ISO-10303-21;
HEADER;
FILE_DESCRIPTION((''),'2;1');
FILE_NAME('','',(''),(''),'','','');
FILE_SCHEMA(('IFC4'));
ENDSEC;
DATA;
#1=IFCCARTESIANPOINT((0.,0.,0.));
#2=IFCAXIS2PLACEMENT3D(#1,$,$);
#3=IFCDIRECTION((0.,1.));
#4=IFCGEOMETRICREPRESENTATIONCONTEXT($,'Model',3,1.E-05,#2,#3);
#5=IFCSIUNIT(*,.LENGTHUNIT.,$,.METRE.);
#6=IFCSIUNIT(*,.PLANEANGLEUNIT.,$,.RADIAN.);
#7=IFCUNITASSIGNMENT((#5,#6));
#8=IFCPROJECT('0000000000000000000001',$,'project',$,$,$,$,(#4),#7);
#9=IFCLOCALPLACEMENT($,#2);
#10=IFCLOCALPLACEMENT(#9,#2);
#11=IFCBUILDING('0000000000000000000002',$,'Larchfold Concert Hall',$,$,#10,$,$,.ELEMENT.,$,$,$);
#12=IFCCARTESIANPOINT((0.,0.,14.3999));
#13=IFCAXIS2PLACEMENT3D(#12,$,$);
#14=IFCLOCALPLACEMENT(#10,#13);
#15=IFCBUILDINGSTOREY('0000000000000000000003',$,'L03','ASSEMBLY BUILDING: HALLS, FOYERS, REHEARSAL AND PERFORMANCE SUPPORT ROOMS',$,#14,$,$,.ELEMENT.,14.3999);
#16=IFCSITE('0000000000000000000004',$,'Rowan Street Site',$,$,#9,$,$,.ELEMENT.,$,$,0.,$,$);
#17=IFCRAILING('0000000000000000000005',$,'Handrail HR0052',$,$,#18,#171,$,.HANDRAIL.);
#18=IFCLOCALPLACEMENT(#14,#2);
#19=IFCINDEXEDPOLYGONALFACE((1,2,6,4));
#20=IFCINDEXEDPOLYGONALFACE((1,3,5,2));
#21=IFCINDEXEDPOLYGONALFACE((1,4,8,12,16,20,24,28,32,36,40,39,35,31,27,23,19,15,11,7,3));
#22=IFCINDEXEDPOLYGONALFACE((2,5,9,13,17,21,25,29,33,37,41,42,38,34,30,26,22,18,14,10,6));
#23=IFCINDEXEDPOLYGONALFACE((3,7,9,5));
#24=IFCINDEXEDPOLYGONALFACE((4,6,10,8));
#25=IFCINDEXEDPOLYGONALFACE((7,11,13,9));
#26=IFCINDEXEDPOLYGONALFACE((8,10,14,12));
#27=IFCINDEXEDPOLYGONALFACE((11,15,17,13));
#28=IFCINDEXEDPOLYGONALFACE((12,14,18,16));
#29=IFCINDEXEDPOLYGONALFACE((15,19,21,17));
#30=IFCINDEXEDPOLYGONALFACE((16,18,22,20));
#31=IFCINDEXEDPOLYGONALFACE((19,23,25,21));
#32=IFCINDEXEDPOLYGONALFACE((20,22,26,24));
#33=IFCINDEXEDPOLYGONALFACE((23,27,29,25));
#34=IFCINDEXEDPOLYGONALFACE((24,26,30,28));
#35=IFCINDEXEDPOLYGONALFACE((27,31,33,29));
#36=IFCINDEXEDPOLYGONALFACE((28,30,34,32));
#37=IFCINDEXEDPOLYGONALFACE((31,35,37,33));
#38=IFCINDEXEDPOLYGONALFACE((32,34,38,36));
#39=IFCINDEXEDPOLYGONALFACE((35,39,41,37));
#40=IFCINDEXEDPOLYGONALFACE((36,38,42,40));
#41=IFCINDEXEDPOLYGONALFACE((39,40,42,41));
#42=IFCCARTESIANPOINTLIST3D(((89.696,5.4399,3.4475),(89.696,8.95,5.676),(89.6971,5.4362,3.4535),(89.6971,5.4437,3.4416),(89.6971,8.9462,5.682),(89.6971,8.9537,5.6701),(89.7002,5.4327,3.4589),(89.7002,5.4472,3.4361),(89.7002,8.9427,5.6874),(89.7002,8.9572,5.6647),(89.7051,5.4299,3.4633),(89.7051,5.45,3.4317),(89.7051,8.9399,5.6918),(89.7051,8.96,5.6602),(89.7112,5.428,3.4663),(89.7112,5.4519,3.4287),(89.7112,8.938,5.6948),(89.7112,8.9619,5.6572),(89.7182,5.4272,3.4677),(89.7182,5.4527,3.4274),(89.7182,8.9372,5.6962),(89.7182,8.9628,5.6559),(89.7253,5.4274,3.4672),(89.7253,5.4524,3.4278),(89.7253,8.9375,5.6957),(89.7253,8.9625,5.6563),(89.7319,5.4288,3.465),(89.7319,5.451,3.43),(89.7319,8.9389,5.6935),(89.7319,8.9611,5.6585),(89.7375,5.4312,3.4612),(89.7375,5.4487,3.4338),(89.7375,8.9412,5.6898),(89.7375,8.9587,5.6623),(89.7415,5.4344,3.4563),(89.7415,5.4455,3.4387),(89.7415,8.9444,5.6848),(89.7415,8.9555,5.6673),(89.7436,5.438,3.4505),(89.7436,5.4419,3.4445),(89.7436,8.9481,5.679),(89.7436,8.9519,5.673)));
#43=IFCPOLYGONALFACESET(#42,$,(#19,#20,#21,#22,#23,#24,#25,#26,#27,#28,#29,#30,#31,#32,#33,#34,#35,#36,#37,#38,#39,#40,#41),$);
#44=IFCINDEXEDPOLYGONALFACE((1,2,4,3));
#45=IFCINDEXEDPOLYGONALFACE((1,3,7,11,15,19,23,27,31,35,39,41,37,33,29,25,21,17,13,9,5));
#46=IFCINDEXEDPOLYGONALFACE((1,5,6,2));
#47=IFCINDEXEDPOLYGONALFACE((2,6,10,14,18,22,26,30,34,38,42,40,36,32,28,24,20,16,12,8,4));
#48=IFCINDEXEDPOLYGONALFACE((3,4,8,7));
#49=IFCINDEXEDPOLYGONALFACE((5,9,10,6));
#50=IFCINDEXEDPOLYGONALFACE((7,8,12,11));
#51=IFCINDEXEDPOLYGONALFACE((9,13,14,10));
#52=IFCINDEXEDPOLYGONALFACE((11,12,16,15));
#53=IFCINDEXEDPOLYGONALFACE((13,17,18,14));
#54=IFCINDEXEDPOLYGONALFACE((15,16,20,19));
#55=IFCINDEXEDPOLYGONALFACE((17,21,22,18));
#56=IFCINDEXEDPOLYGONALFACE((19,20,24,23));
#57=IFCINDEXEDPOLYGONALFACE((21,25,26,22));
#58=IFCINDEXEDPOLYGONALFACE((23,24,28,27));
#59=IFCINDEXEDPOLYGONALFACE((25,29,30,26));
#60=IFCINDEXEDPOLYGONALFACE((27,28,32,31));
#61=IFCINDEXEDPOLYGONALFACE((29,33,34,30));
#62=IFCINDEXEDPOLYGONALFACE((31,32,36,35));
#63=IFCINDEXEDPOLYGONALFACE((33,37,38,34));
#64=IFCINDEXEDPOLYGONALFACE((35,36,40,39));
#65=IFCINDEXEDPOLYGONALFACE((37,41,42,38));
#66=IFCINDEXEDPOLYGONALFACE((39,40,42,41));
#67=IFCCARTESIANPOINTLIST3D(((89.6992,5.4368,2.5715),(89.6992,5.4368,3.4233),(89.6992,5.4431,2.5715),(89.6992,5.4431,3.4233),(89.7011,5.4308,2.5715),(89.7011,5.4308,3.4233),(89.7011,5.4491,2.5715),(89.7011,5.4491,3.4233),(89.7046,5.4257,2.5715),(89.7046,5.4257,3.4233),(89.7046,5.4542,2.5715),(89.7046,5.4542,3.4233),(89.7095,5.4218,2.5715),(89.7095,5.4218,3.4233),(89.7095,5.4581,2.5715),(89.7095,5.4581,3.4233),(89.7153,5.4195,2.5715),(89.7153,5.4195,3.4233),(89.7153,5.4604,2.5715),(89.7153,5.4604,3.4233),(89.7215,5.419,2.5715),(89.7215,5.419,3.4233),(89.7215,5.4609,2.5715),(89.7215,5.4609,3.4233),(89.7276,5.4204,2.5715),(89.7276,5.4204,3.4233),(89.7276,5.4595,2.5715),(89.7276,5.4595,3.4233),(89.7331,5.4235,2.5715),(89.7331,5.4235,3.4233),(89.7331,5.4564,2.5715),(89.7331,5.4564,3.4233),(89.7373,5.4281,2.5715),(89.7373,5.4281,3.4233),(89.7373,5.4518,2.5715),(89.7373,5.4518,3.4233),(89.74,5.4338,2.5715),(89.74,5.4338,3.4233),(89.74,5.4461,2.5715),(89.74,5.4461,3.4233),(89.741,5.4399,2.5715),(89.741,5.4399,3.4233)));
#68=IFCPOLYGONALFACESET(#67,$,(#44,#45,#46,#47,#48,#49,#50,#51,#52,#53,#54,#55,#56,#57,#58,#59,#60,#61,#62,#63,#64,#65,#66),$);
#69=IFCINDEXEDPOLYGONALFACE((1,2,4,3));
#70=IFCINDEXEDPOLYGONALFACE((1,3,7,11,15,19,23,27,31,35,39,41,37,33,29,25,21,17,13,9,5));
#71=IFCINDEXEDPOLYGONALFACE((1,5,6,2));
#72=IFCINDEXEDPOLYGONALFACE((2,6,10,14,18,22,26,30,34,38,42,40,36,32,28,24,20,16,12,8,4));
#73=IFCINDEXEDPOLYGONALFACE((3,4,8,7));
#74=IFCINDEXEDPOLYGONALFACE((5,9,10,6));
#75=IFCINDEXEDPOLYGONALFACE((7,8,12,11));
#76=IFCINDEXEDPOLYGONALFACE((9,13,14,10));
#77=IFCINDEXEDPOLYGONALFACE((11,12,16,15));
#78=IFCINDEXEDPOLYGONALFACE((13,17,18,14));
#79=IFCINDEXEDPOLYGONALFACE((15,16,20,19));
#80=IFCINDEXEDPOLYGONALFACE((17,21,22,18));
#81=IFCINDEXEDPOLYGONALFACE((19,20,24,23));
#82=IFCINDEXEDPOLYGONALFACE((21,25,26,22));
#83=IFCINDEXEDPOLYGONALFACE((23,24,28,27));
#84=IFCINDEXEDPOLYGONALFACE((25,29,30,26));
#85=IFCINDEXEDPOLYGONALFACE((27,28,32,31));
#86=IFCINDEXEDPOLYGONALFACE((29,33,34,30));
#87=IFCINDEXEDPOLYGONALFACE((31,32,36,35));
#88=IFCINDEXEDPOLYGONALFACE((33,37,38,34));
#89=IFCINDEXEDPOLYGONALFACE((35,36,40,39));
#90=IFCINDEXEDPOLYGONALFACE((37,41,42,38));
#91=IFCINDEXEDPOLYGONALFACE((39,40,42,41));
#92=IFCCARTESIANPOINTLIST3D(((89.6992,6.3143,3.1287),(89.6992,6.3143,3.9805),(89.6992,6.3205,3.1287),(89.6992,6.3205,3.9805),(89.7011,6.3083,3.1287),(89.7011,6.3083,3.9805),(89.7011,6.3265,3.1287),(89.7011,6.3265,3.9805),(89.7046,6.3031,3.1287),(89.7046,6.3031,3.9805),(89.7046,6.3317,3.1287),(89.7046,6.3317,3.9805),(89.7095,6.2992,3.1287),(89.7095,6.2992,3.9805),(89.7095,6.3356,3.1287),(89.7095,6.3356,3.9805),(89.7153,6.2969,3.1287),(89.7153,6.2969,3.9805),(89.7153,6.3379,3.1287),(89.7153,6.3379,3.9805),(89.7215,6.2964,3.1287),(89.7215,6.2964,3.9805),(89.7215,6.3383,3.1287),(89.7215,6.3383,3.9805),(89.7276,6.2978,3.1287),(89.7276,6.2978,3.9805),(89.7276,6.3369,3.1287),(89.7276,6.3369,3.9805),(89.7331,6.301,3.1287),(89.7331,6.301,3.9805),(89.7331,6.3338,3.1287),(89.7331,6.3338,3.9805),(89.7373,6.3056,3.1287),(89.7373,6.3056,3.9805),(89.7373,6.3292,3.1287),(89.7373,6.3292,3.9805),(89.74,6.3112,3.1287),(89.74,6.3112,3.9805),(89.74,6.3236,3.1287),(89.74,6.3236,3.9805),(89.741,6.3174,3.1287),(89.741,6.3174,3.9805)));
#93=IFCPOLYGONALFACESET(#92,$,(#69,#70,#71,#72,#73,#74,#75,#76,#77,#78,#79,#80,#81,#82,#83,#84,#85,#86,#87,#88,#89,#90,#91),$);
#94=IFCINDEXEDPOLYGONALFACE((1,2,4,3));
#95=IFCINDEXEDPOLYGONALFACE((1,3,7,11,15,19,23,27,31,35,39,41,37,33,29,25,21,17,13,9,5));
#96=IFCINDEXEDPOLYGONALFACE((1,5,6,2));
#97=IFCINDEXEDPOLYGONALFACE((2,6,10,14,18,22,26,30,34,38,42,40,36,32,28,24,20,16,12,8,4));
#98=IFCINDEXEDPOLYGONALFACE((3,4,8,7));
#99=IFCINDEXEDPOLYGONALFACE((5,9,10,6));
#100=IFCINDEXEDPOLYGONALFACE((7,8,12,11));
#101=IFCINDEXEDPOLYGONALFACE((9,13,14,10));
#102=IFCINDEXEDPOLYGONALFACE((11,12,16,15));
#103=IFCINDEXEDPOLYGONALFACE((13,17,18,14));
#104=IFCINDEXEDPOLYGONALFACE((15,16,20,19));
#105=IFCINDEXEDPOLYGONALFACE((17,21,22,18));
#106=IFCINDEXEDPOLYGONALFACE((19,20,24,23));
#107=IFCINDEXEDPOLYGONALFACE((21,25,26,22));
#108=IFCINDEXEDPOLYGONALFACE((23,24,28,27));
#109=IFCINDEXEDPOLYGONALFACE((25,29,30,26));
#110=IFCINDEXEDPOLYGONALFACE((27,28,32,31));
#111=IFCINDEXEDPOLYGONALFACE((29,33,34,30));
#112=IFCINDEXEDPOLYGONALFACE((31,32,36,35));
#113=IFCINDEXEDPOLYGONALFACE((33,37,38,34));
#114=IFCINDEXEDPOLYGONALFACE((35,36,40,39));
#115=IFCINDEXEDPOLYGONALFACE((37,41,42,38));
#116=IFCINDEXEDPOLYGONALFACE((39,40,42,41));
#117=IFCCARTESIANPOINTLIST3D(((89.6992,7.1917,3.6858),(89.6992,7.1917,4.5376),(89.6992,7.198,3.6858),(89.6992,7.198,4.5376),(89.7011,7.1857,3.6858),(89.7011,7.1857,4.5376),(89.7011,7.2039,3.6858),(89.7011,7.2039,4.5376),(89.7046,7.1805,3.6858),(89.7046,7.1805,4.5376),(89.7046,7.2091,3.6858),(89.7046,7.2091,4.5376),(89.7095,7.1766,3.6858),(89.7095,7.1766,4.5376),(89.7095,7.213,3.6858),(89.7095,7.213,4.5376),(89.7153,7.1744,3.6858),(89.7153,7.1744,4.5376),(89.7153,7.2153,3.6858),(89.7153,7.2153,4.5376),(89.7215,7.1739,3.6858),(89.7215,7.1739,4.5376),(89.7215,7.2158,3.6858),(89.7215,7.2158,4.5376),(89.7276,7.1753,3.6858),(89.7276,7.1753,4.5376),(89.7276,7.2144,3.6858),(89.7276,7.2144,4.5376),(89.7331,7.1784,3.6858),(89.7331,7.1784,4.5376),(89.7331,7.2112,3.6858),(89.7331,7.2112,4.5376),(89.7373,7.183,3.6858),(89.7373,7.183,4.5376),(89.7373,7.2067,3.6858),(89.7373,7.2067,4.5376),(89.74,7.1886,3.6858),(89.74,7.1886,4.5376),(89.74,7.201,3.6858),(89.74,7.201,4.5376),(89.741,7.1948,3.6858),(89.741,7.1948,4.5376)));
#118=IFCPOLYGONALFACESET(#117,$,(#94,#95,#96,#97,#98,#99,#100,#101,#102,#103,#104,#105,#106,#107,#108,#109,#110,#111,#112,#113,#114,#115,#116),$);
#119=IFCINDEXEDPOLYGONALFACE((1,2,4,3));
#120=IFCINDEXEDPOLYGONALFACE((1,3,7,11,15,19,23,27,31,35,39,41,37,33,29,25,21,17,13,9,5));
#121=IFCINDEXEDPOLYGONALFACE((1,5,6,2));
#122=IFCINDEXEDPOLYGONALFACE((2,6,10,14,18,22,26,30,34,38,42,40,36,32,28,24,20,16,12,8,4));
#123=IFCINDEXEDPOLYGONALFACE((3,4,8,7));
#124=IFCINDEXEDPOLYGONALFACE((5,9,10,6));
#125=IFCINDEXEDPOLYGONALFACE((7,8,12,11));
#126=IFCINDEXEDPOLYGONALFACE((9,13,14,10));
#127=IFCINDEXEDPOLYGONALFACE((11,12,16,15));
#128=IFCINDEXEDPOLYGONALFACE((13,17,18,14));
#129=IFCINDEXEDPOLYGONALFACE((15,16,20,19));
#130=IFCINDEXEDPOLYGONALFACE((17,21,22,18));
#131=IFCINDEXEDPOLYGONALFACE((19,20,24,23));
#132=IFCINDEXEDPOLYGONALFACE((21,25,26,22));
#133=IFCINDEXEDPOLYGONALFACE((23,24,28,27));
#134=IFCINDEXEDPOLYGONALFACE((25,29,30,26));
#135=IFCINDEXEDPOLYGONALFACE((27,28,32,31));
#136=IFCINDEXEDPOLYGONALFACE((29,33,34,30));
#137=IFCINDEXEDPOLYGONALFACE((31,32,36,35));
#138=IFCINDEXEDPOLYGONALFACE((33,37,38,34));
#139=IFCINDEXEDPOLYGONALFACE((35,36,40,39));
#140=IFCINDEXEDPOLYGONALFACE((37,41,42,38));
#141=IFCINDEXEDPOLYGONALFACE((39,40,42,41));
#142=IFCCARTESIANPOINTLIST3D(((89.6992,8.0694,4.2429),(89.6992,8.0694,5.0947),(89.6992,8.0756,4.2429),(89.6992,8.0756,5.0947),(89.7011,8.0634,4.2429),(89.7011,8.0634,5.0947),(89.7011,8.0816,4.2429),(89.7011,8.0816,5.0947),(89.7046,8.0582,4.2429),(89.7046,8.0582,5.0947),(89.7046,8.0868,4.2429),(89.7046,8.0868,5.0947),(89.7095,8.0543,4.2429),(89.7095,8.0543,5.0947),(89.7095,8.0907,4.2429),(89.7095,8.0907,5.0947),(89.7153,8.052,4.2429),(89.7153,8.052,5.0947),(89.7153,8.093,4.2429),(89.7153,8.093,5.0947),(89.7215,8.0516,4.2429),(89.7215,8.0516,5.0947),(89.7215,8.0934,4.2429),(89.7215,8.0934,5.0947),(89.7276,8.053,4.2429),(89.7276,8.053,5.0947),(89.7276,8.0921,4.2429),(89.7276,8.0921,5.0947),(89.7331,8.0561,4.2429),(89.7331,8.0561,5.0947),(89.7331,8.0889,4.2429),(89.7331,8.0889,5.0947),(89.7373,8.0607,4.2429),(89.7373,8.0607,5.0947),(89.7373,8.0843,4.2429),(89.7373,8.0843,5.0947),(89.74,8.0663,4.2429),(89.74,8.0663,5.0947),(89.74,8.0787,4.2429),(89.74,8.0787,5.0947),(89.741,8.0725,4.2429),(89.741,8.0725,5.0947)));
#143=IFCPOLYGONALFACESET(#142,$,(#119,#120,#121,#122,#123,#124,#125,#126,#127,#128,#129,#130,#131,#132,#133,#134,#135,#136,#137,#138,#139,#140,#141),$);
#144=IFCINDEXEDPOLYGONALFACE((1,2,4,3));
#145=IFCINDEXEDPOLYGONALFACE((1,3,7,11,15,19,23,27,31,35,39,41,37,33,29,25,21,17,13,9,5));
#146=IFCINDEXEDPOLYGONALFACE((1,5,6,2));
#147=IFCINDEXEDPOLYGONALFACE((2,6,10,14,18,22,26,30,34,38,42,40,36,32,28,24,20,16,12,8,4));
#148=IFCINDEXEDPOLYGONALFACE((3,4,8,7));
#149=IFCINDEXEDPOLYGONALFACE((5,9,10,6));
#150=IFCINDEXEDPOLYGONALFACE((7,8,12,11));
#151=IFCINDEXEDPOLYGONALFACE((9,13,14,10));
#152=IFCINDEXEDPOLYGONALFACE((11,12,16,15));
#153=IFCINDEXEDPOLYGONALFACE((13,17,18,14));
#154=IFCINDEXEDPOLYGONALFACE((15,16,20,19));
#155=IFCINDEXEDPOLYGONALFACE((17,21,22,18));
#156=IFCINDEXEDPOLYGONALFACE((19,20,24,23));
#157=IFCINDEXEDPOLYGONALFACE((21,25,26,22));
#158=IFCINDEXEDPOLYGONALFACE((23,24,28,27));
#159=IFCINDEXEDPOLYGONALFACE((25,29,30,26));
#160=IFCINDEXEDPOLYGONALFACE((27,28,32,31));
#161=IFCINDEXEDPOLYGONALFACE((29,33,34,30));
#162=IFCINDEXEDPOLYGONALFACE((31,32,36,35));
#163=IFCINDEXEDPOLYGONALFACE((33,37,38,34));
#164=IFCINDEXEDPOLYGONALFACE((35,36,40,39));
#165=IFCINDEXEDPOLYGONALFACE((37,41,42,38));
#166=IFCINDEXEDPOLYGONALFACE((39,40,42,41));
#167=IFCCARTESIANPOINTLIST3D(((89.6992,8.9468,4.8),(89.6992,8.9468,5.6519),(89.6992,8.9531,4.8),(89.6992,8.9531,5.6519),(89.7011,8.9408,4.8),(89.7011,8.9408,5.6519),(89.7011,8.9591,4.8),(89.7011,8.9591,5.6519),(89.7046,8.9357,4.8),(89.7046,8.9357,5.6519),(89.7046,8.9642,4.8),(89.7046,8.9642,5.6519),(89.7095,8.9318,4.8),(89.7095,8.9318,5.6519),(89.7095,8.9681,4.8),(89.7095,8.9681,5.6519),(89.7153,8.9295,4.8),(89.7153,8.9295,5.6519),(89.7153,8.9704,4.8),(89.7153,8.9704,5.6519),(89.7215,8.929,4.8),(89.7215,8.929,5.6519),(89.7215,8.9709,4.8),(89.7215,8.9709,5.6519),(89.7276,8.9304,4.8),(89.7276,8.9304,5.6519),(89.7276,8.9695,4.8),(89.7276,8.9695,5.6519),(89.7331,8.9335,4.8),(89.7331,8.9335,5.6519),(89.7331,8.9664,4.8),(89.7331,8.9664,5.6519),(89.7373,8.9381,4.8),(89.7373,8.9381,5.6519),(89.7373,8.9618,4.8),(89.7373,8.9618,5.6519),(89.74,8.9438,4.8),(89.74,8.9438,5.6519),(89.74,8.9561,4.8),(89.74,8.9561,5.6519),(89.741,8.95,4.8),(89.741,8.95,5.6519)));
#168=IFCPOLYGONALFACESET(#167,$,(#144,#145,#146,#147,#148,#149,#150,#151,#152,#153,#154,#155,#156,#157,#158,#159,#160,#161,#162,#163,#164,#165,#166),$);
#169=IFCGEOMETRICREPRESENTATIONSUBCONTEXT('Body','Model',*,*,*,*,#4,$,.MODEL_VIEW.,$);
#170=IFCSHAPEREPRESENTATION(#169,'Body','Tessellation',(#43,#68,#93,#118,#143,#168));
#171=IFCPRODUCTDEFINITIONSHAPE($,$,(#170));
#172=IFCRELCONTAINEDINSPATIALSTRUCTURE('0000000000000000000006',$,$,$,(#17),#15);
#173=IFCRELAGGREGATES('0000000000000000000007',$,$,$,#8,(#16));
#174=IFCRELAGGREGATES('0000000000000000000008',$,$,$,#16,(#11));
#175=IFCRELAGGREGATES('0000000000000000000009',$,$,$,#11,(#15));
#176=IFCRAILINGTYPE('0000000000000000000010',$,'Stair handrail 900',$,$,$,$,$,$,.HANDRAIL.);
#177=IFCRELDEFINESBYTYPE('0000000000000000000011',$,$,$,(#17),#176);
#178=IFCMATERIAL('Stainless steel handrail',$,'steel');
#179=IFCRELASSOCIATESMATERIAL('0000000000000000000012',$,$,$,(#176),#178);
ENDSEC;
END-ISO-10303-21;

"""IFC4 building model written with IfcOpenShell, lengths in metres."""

from ifc_helpers import new_model, si_unit, direction, frame, origin, origin_2d, place, context, subcontext, project, spatial, circle, extrude, material, type_object, element, save


model = new_model("IFC4")

# Units and contexts
model_context = context("Model", 3, precision=1e-05, world=origin(), true_north=direction((0.0, 1.0)))
body_context = subcontext(model_context, "Body", "Model", "MODEL_VIEW")
ifc_project = project(units=[si_unit("LENGTHUNIT", "METRE"), si_unit("PLANEANGLEUNIT", "RADIAN")], contexts=[model_context])

# Site, building, storey
site_placement = place(None, origin())
site = spatial("IfcSite", under=ifc_project, at=site_placement, Name="Rowan Street Site", CompositionType="ELEMENT", RefElevation=0.0)
building_placement = place(site_placement, origin())
building = spatial("IfcBuilding", under=site, at=building_placement, Name="Larchfold Concert Hall", CompositionType="ELEMENT")
storey_placement = place(building_placement, frame((0.0, 0.0, 14.3999)))
storey = spatial("IfcBuildingStorey", under=building, at=storey_placement, Name="L03", Description="ASSEMBLY BUILDING: HALLS, FOYERS, REHEARSAL AND PERFORMANCE SUPPORT ROOMS", CompositionType="ELEMENT", Elevation=14.3999)

# Railing
ifc_material_1 = material(Name="Stainless steel handrail", Category="steel")
railing_type_1 = type_object("IfcRailingType", Name="Stair handrail 900", PredefinedType="HANDRAIL", material=ifc_material_1)
railing_1_placement = place(storey_placement, frame((89.72, 5.4399, 2.5715)))
element("IfcRailing", 1, at=railing_1_placement, inside=storey, type_object=railing_type_1, Name="Handrail HR0052", PredefinedType="HANDRAIL", context=body_context, shape_type="SweptSolid", body=[
    extrude(circle(Radius=0.0239, at=origin_2d()), frame((0.0, 0.0, 0.876), z_axis=(0.0, 0.84422, 0.535998), x_axis=(-1.0, 0.0, 0.0)), (0.0, 0.0, 1.0), 4.1577),
    extrude(circle(Radius=0.021, at=origin_2d()), origin(), (0.0, 0.0, 1.0), 0.8518),
    extrude(circle(Radius=0.021, at=origin_2d()), frame((0.0, 0.8774, 0.5571)), (0.0, 0.0, 1.0), 0.8518),
    extrude(circle(Radius=0.021, at=origin_2d()), frame((0.0, 1.7549, 1.1143)), (0.0, 0.0, 1.0), 0.8518),
    extrude(circle(Radius=0.021, at=origin_2d()), frame((0.0, 2.6326, 1.6714)), (0.0, 0.0, 1.0), 0.8518),
    extrude(circle(Radius=0.021, at=origin_2d()), frame((0.0, 3.51, 2.2285)), (0.0, 0.0, 1.0), 0.8518),
])

save(model, "model.ifc")
